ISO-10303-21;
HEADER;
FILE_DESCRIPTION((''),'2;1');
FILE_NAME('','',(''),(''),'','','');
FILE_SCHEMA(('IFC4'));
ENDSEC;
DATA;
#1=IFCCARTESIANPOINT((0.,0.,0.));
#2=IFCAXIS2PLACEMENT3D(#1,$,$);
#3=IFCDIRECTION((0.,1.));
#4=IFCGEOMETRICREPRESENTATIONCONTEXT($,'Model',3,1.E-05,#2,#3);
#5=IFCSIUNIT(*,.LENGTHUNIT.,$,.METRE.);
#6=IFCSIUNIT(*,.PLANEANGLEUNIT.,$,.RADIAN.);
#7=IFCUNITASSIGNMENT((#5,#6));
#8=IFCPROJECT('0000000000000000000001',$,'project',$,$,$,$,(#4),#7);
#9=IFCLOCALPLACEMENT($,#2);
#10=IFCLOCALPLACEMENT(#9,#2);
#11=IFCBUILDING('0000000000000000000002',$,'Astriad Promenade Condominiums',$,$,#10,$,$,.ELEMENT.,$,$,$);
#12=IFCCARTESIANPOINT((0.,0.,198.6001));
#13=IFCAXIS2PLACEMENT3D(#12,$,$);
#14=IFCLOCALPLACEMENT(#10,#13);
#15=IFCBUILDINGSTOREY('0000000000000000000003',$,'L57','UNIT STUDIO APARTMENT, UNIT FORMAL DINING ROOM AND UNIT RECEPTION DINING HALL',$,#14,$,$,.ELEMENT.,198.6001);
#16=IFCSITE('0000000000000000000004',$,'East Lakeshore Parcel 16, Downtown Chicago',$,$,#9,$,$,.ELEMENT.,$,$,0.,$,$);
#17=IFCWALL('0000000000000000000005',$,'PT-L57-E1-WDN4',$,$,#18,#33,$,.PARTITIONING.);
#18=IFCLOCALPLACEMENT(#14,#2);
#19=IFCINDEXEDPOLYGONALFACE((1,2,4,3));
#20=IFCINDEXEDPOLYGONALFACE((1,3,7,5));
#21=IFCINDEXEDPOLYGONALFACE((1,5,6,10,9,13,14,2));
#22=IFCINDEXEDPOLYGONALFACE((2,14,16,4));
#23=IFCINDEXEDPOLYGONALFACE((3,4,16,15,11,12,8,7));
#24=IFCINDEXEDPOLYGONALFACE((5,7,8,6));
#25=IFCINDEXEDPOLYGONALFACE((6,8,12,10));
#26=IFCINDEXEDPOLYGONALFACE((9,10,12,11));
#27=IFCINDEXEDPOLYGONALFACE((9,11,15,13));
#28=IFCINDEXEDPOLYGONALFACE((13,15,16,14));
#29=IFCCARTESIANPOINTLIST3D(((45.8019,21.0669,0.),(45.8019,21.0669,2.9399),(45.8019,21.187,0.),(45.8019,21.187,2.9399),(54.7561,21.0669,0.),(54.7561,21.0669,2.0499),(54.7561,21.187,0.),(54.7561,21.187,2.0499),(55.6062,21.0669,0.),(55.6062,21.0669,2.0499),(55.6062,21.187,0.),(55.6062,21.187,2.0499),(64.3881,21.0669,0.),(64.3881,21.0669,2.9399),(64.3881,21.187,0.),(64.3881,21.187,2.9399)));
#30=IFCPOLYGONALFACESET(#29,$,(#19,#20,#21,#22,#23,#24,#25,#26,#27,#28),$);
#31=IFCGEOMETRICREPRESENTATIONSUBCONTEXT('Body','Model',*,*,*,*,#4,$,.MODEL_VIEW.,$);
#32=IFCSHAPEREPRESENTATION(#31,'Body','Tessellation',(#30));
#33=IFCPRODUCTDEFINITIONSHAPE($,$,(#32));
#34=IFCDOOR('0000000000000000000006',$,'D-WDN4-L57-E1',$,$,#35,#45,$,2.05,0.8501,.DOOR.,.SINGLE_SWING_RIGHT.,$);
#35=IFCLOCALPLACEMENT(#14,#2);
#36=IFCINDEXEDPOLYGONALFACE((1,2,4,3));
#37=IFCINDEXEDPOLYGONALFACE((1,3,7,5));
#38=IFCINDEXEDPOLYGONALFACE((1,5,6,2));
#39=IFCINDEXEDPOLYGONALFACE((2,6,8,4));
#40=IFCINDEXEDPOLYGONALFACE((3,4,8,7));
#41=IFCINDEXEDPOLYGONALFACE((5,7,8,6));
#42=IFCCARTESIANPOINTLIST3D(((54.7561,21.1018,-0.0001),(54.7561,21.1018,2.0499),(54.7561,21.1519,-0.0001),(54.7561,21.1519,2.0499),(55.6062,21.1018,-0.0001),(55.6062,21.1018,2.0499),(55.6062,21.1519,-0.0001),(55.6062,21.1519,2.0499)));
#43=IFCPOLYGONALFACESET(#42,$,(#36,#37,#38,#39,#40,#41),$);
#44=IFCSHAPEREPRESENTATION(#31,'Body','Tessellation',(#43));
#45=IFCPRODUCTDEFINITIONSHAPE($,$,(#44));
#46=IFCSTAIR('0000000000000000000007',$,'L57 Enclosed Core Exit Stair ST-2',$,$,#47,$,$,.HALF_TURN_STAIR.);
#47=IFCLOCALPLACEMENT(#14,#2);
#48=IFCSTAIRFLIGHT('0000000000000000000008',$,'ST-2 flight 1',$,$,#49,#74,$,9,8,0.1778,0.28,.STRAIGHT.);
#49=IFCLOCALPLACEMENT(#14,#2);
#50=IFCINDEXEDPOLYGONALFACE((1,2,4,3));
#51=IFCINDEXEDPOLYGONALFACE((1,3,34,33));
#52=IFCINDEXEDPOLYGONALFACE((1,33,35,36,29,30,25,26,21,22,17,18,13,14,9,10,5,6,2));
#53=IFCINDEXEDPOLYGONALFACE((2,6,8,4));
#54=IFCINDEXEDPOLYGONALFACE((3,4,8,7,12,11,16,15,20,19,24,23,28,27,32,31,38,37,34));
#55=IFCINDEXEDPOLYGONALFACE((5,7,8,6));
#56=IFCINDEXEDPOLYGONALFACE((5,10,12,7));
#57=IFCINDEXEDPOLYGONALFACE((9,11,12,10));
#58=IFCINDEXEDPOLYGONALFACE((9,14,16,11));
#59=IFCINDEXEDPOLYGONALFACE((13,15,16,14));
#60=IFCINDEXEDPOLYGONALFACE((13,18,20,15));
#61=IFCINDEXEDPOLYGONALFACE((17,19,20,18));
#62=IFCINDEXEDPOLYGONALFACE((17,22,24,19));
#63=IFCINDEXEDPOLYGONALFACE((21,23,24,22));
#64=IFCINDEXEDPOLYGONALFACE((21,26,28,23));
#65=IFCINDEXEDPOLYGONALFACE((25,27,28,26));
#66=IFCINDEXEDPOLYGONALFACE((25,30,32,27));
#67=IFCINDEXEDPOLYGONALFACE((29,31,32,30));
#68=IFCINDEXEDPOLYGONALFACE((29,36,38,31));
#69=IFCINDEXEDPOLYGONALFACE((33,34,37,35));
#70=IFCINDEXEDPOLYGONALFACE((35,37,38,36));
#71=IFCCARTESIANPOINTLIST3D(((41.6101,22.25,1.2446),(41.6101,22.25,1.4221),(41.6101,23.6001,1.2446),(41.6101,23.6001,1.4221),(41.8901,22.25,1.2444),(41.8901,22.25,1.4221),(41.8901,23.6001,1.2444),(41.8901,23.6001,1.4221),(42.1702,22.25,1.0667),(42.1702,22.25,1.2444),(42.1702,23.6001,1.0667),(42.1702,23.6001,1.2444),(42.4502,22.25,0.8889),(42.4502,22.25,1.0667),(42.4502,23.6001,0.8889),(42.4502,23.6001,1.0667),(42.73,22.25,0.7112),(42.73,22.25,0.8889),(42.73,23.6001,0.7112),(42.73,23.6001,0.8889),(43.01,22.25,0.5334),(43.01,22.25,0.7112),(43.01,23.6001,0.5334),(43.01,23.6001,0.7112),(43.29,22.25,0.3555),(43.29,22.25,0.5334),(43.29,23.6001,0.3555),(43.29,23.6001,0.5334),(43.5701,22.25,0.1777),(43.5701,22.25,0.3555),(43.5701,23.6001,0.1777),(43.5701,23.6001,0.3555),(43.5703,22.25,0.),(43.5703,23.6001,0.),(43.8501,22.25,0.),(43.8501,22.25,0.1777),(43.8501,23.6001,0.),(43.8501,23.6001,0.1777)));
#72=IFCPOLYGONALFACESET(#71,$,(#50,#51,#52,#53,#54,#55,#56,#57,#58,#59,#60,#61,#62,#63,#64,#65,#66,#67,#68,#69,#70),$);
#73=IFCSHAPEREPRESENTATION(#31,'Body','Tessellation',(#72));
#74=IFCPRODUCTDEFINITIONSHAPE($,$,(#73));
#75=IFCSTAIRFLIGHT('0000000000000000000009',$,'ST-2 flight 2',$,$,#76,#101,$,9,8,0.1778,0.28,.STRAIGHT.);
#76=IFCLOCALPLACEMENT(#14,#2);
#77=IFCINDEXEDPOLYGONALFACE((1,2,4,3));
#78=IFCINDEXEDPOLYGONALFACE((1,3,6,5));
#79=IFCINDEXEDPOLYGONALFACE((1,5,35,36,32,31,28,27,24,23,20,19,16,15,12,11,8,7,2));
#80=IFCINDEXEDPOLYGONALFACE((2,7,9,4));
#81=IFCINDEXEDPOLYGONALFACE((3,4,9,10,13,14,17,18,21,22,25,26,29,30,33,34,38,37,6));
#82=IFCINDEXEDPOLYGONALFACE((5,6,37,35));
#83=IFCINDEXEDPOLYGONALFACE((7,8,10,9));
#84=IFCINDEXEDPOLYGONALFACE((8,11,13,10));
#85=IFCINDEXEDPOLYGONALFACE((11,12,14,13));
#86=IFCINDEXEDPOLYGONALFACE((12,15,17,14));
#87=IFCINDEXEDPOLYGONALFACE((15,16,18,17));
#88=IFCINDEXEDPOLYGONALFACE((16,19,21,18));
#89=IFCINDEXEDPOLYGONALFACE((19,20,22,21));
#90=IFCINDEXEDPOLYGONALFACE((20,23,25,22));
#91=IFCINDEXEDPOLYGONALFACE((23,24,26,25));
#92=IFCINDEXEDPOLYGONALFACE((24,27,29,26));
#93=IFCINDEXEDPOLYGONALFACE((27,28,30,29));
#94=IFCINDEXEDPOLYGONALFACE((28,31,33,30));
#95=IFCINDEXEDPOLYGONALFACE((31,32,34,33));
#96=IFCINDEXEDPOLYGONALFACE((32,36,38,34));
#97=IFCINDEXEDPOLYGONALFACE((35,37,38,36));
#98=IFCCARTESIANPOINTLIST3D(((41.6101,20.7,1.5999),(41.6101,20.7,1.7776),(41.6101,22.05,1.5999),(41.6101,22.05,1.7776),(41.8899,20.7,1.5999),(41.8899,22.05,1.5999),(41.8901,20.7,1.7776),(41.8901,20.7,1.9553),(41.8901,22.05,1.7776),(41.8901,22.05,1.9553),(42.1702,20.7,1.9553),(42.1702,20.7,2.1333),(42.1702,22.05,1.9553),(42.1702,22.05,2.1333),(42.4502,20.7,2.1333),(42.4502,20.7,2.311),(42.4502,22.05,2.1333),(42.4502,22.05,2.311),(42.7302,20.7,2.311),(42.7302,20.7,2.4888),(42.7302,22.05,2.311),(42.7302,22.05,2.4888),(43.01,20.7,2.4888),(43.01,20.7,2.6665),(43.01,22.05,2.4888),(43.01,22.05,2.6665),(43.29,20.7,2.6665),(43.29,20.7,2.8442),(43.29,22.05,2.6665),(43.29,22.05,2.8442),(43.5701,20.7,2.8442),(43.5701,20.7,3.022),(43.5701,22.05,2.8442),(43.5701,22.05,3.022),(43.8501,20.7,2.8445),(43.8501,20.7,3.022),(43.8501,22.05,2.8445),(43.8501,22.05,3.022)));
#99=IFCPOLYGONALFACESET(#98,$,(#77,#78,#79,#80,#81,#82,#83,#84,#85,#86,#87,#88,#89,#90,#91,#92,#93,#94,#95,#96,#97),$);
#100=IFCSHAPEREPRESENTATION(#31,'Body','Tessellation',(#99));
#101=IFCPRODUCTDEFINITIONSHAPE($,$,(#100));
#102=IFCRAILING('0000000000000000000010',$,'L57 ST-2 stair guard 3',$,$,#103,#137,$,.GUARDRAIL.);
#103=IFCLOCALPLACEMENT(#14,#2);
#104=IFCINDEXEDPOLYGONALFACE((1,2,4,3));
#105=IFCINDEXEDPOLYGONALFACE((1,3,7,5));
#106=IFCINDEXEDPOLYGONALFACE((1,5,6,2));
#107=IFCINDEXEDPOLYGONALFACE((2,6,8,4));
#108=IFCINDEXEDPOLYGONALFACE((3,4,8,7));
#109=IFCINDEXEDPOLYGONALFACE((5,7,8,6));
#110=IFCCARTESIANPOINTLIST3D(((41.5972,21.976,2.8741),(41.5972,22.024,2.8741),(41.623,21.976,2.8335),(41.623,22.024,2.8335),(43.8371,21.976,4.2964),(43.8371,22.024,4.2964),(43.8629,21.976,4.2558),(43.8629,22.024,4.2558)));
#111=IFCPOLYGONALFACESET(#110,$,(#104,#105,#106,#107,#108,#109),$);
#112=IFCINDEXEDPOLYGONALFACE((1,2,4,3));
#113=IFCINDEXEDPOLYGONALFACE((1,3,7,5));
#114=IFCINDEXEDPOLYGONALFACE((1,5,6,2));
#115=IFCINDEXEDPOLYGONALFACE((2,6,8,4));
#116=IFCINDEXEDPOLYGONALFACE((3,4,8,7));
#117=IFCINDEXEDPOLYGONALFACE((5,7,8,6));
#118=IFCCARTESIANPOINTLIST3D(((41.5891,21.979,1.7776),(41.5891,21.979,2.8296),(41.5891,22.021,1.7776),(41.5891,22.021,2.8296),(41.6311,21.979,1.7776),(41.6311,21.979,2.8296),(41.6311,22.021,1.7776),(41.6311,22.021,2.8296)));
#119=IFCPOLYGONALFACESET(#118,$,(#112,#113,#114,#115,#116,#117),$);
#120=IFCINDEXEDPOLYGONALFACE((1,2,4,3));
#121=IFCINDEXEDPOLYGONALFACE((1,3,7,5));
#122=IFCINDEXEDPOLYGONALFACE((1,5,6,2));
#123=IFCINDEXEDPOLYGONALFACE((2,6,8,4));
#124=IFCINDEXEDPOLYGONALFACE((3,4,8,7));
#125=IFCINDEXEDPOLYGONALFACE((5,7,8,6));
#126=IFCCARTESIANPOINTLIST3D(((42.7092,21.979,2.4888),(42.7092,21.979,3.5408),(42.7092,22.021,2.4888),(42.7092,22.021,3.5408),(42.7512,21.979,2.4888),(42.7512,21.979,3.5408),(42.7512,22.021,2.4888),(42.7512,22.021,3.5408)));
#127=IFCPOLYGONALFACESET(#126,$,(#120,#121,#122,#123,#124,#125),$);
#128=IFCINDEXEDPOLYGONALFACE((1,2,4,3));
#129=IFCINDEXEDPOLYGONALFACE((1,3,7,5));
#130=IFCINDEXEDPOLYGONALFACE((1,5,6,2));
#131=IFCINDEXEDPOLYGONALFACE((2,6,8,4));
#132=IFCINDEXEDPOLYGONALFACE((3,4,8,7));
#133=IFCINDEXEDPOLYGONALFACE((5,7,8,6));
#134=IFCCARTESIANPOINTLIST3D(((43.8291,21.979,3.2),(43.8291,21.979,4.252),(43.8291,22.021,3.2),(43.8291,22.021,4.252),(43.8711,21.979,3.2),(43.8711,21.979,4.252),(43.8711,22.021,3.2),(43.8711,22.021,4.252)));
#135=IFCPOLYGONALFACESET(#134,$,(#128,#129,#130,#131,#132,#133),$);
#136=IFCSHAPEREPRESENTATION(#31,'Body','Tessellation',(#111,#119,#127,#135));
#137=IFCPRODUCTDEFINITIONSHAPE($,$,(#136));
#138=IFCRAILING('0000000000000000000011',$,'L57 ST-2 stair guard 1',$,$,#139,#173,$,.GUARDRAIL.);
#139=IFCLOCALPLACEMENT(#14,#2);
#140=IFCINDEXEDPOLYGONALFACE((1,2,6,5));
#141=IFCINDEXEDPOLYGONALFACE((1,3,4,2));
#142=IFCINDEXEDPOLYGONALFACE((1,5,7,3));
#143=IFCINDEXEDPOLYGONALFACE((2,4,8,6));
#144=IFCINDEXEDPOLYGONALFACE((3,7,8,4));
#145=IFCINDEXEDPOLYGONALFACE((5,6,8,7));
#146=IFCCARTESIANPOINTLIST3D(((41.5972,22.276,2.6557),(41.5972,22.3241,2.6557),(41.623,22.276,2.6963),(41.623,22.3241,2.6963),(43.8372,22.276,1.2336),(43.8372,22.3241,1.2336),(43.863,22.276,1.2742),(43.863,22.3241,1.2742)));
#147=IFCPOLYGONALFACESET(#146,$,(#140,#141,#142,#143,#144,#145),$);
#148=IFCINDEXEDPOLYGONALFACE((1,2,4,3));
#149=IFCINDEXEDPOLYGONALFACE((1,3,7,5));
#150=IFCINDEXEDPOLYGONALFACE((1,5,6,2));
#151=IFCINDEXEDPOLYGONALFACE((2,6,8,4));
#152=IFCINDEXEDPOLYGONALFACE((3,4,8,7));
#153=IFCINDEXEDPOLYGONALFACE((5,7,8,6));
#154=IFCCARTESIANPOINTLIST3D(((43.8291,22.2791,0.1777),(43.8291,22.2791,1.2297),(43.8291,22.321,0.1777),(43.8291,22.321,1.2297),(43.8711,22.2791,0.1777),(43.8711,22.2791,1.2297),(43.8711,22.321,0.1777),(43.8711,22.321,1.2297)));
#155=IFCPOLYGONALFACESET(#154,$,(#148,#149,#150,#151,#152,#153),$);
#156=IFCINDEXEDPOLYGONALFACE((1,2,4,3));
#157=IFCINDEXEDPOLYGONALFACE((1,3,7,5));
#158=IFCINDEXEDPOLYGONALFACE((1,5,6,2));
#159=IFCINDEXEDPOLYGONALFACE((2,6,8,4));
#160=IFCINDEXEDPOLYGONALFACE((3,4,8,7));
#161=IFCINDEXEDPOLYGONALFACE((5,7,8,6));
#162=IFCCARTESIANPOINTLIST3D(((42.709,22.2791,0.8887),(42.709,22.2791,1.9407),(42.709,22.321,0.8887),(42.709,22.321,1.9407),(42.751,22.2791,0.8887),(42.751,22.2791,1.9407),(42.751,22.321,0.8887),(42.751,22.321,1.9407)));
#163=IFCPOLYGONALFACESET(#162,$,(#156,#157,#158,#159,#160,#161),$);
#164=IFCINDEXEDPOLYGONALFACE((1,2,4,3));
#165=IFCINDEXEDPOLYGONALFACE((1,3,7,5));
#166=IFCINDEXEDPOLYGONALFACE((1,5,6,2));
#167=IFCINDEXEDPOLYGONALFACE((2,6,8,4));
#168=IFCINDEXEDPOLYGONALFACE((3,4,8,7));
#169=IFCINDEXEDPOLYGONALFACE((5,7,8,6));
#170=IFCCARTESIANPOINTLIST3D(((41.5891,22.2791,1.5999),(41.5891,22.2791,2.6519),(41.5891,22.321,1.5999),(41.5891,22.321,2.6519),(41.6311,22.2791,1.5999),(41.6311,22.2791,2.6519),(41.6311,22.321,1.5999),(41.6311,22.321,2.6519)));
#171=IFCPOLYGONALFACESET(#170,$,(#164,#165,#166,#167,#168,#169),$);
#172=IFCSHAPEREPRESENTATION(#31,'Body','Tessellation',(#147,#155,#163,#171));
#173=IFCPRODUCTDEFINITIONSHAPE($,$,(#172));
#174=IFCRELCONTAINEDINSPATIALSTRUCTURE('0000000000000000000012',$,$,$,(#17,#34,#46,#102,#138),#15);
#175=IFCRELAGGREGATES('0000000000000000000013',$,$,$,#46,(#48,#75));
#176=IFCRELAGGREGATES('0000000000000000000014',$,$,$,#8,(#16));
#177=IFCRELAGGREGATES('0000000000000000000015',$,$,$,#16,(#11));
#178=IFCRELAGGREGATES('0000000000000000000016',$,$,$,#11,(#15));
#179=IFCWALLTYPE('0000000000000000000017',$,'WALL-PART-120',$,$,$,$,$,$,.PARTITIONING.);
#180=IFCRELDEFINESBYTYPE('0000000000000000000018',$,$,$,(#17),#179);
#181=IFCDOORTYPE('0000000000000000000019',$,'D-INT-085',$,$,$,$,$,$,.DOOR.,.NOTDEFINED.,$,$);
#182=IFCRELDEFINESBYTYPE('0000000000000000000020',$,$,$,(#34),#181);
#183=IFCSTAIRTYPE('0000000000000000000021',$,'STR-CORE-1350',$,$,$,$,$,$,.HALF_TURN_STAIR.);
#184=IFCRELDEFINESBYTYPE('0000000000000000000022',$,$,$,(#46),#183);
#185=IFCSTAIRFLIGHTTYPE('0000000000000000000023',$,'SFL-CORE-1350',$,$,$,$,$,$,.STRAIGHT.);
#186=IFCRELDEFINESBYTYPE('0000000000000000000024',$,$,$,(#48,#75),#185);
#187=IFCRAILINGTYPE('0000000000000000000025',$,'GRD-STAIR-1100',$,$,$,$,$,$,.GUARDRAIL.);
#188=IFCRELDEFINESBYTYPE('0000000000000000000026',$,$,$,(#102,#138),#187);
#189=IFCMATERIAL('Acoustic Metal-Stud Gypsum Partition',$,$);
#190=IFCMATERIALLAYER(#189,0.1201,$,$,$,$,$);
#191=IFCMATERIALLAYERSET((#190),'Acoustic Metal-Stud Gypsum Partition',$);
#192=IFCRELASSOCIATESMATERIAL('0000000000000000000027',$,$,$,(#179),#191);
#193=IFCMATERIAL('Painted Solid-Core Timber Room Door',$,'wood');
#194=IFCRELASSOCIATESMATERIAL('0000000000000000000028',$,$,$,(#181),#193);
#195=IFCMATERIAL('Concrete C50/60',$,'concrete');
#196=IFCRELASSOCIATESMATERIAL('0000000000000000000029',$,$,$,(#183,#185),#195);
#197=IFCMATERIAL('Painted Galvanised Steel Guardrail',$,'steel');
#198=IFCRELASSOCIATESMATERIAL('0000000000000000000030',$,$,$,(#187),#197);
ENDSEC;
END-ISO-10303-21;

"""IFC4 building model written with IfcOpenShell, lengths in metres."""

from ifc_helpers import new_model, si_unit, direction, frame, frame_2d, origin, origin_2d, place, context, subcontext, project, spatial, polyline, rectangle, outline, extrude, source, transform, mapped, material, layer, layer_set, type_object, type_shapes, element, fill, aggregate, save


model = new_model("IFC4")

# Units and contexts
model_context = context("Model", 3, precision=1e-05, world=origin(), true_north=direction((0.0, 1.0)))
body_context = subcontext(model_context, "Body", "Model", "MODEL_VIEW")
ifc_project = project(units=[si_unit("LENGTHUNIT", "METRE"), si_unit("PLANEANGLEUNIT", "RADIAN")], contexts=[model_context])

# Site, building, storey
site_placement = place(None, origin())
site = spatial("IfcSite", under=ifc_project, at=site_placement, Name="East Lakeshore Parcel 16, Downtown Chicago", CompositionType="ELEMENT", RefElevation=0.0)
building_placement = place(site_placement, origin())
building = spatial("IfcBuilding", under=site, at=building_placement, Name="Astriad Promenade Condominiums", CompositionType="ELEMENT")
storey_placement = place(building_placement, frame((0.0, 0.0, 198.6001)))
storey = spatial("IfcBuildingStorey", under=building, at=storey_placement, Name="L57", Description="UNIT STUDIO APARTMENT, UNIT FORMAL DINING ROOM AND UNIT RECEPTION DINING HALL", CompositionType="ELEMENT", Elevation=198.6001)

# Shared definitions
ifc_material_1 = material(Name="Concrete C50/60", Category="concrete")

# Shared definitions
ifc_material_2 = material(Name="Acoustic Metal-Stud Gypsum Partition")
ifc_layer_1 = layer(ifc_material_2, 0.1201)
ifc_layer_set_1 = layer_set([ifc_layer_1], Name="Acoustic Metal-Stud Gypsum Partition")
wall_type_1 = type_object("IfcWallType", Name="WALL-PART-120", PredefinedType="PARTITIONING", material=ifc_layer_set_1)

# Wall, opening, door
ifc_material_3 = material(Name="Painted Solid-Core Timber Room Door", Category="wood")
door_type_1 = type_object("IfcDoorType", Name="D-INT-085", OperationType="NOTDEFINED", PredefinedType="DOOR", material=ifc_material_3)
shared_shape_1 = source(origin(), body_context, "Body", "SweptSolid", [
    extrude(rectangle(XDim=0.8501, YDim=2.05, at=frame_2d((0.425, 1.0249))), frame((0.0, 0.0249, 0.0), z_axis=(0.0, -1.0, 0.0), x_axis=(1.0, 0.0, 0.0)), (0.0, 0.0, 1.0), 0.05),
])
type_shapes(door_type_1, [shared_shape_1])
wall_1_placement = place(storey_placement, frame((45.802, 21.127, 0.0), z_axis=(0.0, 0.0, 1.0), x_axis=(1.0, 0.0, 0.0)))
wall_1 = element("IfcWall", 1, at=wall_1_placement, inside=storey, type_object=wall_type_1, Name="PT-L57-E1-WDN4", PredefinedType="PARTITIONING", context=body_context, shape_type="SweptSolid", body=[
    extrude(rectangle(XDim=18.5862, YDim=0.1201, at=frame_2d((9.293, 0.0))), origin(), (0.0, 0.0, 1.0), 2.9399),
])
opening_1_placement = place(wall_1_placement, frame((8.9541, 0.0, 0.0)))
opening_1 = element("IfcOpeningElement", 2, at=opening_1_placement, cuts=wall_1, PredefinedType="OPENING", context=body_context, shape_type="SweptSolid", body=[
    extrude(rectangle(XDim=0.8501, YDim=2.05, at=frame_2d((0.425, 1.0249))), frame((0.0, 0.0701, 0.0), z_axis=(0.0, -1.0, 0.0), x_axis=(1.0, 0.0, 0.0)), (0.0, 0.0, 1.0), 0.1401),
])
door_1_placement = place(opening_1_placement, origin())
door_1 = element("IfcDoor", 3, at=door_1_placement, inside=storey, type_object=door_type_1, Name="D-WDN4-L57-E1", OperationType="SINGLE_SWING_RIGHT", OverallHeight=2.05, OverallWidth=0.8501, PredefinedType="DOOR", context=body_context, shape_type="MappedRepresentation", body=[
    mapped(shared_shape_1, transform((0.0, 0.0, 0.0), scale=1.0)),
])
fill(opening_1, door_1)

# Stair, stair flights
stair_type = type_object("IfcStairType", Name="STR-CORE-1350", PredefinedType="HALF_TURN_STAIR", material=ifc_material_1)
stair_placement = place(storey_placement, origin())
stair = element("IfcStair", 4, at=stair_placement, inside=storey, type_object=stair_type, Name="L57 Enclosed Core Exit Stair ST-2", PredefinedType="HALF_TURN_STAIR")
stair_flight_type = type_object("IfcStairFlightType", Name="SFL-CORE-1350", PredefinedType="STRAIGHT", material=ifc_material_1)
shared_shape_2 = source(origin(), body_context, "Body", "SweptSolid", [
    extrude(outline(polyline([(0.0, 0.0), (0.0, 0.1777), (0.28, 0.1777), (0.28, 0.3555), (0.5601, 0.3555), (0.5601, 0.5334), (0.8401, 0.5334), (0.8401, 0.7112), (1.1201, 0.7112), (1.1201, 0.8889), (1.3999, 0.8889), (1.3999, 1.0667), (1.6799, 1.0667), (1.6799, 1.2444), (1.96, 1.2444), (1.96, 1.4221), (2.24, 1.4221), (2.24, 1.6001), (2.24, 1.2446), (0.2798, 0.0), (0.0, 0.0)])), frame((0.0, 0.675, 0.0), z_axis=(0.0, -1.0, 0.0), x_axis=(1.0, 0.0, 0.0)), (0.0, 0.0, 1.0), 1.3501),
])
type_shapes(stair_flight_type, [shared_shape_2])
stair_flight_1_placement = place(storey_placement, frame((43.8501, 22.925, 0.0), z_axis=(0.0, 0.0, 1.0), x_axis=(-1.0, 0.0, 0.0)))
stair_flight_1 = element("IfcStairFlight", 5, at=stair_flight_1_placement, type_object=stair_flight_type, Name="ST-2 flight 1", NumberOfRisers=9, NumberOfTreads=8, PredefinedType="STRAIGHT", RiserHeight=0.1778, TreadLength=0.28, context=body_context, shape_type="MappedRepresentation", body=[
    mapped(shared_shape_2, transform((0.0, 0.0, 0.0), scale=1.0)),
])
stair_flight_2_placement = place(storey_placement, frame((41.6101, 21.375, 1.5999), z_axis=(0.0, 0.0, 1.0), x_axis=(1.0, 0.0, 0.0)))
stair_flight_2 = element("IfcStairFlight", 6, at=stair_flight_2_placement, type_object=stair_flight_type, Name="ST-2 flight 2", NumberOfRisers=9, NumberOfTreads=8, PredefinedType="STRAIGHT", RiserHeight=0.1778, TreadLength=0.28, context=body_context, shape_type="MappedRepresentation", body=[
    mapped(shared_shape_2, transform((0.0, 0.0, 0.0), scale=1.0)),
])
aggregate(stair, [stair_flight_1, stair_flight_2])

# Railings
ifc_material_4 = material(Name="Painted Galvanised Steel Guardrail", Category="steel")
railing_type_1 = type_object("IfcRailingType", Name="GRD-STAIR-1100", PredefinedType="GUARDRAIL", material=ifc_material_4)
shared_shape_3 = source(origin(), body_context, "Body", "SweptSolid", [
    extrude(rectangle(XDim=0.0481, YDim=0.0481, at=origin_2d()), frame((0.0, 0.0, 1.0762), z_axis=(0.844188, 0.0, 0.536048), x_axis=(0.0, 1.0, 0.0)), (0.0, 0.0, 1.0), 2.6533),
    extrude(rectangle(XDim=0.042, YDim=0.042, at=origin_2d()), origin(), (0.0, 0.0, 1.0), 1.052),
    extrude(rectangle(XDim=0.042, YDim=0.042, at=origin_2d()), frame((1.1201, 0.0, 0.7112)), (0.0, 0.0, 1.0), 1.052),
    extrude(rectangle(XDim=0.042, YDim=0.042, at=origin_2d()), frame((2.24, 0.0, 1.4224)), (0.0, 0.0, 1.0), 1.052),
])
railing_1_placement = place(storey_placement, frame((41.6101, 22.0, 1.7776)))
element("IfcRailing", 7, at=railing_1_placement, inside=storey, type_object=railing_type_1, Name="L57 ST-2 stair guard 3", PredefinedType="GUARDRAIL", context=body_context, shape_type="MappedRepresentation", body=[
    mapped(shared_shape_3, transform((0.0, 0.0, 0.0), scale=1.0)),
])
shared_shape_4 = source(origin(), body_context, "Body", "SweptSolid", [
    extrude(rectangle(XDim=0.0481, YDim=0.0481, at=origin_2d()), frame((0.0, 0.0, 1.0762), z_axis=(-0.844229, 0.0, 0.535982), x_axis=(0.0, -1.0, 0.0)), (0.0, 0.0, 1.0), 2.6533),
    extrude(rectangle(XDim=0.042, YDim=0.042, at=origin_2d()), origin(), (0.0, 0.0, 1.0), 1.052),
    extrude(rectangle(XDim=0.042, YDim=0.042, at=origin_2d()), frame((-1.1201, 0.0, 0.7109)), (0.0, 0.0, 1.0), 1.052),
    extrude(rectangle(XDim=0.042, YDim=0.042, at=origin_2d()), frame((-2.24, 0.0, 1.4221)), (0.0, 0.0, 1.0), 1.052),
])
railing_2_placement = place(storey_placement, frame((43.8501, 22.3, 0.1777)))
element("IfcRailing", 8, at=railing_2_placement, inside=storey, type_object=railing_type_1, Name="L57 ST-2 stair guard 1", PredefinedType="GUARDRAIL", context=body_context, shape_type="MappedRepresentation", body=[
    mapped(shared_shape_4, transform((0.0, 0.0, 0.0), scale=1.0)),
])

save(model, "model.ifc")
